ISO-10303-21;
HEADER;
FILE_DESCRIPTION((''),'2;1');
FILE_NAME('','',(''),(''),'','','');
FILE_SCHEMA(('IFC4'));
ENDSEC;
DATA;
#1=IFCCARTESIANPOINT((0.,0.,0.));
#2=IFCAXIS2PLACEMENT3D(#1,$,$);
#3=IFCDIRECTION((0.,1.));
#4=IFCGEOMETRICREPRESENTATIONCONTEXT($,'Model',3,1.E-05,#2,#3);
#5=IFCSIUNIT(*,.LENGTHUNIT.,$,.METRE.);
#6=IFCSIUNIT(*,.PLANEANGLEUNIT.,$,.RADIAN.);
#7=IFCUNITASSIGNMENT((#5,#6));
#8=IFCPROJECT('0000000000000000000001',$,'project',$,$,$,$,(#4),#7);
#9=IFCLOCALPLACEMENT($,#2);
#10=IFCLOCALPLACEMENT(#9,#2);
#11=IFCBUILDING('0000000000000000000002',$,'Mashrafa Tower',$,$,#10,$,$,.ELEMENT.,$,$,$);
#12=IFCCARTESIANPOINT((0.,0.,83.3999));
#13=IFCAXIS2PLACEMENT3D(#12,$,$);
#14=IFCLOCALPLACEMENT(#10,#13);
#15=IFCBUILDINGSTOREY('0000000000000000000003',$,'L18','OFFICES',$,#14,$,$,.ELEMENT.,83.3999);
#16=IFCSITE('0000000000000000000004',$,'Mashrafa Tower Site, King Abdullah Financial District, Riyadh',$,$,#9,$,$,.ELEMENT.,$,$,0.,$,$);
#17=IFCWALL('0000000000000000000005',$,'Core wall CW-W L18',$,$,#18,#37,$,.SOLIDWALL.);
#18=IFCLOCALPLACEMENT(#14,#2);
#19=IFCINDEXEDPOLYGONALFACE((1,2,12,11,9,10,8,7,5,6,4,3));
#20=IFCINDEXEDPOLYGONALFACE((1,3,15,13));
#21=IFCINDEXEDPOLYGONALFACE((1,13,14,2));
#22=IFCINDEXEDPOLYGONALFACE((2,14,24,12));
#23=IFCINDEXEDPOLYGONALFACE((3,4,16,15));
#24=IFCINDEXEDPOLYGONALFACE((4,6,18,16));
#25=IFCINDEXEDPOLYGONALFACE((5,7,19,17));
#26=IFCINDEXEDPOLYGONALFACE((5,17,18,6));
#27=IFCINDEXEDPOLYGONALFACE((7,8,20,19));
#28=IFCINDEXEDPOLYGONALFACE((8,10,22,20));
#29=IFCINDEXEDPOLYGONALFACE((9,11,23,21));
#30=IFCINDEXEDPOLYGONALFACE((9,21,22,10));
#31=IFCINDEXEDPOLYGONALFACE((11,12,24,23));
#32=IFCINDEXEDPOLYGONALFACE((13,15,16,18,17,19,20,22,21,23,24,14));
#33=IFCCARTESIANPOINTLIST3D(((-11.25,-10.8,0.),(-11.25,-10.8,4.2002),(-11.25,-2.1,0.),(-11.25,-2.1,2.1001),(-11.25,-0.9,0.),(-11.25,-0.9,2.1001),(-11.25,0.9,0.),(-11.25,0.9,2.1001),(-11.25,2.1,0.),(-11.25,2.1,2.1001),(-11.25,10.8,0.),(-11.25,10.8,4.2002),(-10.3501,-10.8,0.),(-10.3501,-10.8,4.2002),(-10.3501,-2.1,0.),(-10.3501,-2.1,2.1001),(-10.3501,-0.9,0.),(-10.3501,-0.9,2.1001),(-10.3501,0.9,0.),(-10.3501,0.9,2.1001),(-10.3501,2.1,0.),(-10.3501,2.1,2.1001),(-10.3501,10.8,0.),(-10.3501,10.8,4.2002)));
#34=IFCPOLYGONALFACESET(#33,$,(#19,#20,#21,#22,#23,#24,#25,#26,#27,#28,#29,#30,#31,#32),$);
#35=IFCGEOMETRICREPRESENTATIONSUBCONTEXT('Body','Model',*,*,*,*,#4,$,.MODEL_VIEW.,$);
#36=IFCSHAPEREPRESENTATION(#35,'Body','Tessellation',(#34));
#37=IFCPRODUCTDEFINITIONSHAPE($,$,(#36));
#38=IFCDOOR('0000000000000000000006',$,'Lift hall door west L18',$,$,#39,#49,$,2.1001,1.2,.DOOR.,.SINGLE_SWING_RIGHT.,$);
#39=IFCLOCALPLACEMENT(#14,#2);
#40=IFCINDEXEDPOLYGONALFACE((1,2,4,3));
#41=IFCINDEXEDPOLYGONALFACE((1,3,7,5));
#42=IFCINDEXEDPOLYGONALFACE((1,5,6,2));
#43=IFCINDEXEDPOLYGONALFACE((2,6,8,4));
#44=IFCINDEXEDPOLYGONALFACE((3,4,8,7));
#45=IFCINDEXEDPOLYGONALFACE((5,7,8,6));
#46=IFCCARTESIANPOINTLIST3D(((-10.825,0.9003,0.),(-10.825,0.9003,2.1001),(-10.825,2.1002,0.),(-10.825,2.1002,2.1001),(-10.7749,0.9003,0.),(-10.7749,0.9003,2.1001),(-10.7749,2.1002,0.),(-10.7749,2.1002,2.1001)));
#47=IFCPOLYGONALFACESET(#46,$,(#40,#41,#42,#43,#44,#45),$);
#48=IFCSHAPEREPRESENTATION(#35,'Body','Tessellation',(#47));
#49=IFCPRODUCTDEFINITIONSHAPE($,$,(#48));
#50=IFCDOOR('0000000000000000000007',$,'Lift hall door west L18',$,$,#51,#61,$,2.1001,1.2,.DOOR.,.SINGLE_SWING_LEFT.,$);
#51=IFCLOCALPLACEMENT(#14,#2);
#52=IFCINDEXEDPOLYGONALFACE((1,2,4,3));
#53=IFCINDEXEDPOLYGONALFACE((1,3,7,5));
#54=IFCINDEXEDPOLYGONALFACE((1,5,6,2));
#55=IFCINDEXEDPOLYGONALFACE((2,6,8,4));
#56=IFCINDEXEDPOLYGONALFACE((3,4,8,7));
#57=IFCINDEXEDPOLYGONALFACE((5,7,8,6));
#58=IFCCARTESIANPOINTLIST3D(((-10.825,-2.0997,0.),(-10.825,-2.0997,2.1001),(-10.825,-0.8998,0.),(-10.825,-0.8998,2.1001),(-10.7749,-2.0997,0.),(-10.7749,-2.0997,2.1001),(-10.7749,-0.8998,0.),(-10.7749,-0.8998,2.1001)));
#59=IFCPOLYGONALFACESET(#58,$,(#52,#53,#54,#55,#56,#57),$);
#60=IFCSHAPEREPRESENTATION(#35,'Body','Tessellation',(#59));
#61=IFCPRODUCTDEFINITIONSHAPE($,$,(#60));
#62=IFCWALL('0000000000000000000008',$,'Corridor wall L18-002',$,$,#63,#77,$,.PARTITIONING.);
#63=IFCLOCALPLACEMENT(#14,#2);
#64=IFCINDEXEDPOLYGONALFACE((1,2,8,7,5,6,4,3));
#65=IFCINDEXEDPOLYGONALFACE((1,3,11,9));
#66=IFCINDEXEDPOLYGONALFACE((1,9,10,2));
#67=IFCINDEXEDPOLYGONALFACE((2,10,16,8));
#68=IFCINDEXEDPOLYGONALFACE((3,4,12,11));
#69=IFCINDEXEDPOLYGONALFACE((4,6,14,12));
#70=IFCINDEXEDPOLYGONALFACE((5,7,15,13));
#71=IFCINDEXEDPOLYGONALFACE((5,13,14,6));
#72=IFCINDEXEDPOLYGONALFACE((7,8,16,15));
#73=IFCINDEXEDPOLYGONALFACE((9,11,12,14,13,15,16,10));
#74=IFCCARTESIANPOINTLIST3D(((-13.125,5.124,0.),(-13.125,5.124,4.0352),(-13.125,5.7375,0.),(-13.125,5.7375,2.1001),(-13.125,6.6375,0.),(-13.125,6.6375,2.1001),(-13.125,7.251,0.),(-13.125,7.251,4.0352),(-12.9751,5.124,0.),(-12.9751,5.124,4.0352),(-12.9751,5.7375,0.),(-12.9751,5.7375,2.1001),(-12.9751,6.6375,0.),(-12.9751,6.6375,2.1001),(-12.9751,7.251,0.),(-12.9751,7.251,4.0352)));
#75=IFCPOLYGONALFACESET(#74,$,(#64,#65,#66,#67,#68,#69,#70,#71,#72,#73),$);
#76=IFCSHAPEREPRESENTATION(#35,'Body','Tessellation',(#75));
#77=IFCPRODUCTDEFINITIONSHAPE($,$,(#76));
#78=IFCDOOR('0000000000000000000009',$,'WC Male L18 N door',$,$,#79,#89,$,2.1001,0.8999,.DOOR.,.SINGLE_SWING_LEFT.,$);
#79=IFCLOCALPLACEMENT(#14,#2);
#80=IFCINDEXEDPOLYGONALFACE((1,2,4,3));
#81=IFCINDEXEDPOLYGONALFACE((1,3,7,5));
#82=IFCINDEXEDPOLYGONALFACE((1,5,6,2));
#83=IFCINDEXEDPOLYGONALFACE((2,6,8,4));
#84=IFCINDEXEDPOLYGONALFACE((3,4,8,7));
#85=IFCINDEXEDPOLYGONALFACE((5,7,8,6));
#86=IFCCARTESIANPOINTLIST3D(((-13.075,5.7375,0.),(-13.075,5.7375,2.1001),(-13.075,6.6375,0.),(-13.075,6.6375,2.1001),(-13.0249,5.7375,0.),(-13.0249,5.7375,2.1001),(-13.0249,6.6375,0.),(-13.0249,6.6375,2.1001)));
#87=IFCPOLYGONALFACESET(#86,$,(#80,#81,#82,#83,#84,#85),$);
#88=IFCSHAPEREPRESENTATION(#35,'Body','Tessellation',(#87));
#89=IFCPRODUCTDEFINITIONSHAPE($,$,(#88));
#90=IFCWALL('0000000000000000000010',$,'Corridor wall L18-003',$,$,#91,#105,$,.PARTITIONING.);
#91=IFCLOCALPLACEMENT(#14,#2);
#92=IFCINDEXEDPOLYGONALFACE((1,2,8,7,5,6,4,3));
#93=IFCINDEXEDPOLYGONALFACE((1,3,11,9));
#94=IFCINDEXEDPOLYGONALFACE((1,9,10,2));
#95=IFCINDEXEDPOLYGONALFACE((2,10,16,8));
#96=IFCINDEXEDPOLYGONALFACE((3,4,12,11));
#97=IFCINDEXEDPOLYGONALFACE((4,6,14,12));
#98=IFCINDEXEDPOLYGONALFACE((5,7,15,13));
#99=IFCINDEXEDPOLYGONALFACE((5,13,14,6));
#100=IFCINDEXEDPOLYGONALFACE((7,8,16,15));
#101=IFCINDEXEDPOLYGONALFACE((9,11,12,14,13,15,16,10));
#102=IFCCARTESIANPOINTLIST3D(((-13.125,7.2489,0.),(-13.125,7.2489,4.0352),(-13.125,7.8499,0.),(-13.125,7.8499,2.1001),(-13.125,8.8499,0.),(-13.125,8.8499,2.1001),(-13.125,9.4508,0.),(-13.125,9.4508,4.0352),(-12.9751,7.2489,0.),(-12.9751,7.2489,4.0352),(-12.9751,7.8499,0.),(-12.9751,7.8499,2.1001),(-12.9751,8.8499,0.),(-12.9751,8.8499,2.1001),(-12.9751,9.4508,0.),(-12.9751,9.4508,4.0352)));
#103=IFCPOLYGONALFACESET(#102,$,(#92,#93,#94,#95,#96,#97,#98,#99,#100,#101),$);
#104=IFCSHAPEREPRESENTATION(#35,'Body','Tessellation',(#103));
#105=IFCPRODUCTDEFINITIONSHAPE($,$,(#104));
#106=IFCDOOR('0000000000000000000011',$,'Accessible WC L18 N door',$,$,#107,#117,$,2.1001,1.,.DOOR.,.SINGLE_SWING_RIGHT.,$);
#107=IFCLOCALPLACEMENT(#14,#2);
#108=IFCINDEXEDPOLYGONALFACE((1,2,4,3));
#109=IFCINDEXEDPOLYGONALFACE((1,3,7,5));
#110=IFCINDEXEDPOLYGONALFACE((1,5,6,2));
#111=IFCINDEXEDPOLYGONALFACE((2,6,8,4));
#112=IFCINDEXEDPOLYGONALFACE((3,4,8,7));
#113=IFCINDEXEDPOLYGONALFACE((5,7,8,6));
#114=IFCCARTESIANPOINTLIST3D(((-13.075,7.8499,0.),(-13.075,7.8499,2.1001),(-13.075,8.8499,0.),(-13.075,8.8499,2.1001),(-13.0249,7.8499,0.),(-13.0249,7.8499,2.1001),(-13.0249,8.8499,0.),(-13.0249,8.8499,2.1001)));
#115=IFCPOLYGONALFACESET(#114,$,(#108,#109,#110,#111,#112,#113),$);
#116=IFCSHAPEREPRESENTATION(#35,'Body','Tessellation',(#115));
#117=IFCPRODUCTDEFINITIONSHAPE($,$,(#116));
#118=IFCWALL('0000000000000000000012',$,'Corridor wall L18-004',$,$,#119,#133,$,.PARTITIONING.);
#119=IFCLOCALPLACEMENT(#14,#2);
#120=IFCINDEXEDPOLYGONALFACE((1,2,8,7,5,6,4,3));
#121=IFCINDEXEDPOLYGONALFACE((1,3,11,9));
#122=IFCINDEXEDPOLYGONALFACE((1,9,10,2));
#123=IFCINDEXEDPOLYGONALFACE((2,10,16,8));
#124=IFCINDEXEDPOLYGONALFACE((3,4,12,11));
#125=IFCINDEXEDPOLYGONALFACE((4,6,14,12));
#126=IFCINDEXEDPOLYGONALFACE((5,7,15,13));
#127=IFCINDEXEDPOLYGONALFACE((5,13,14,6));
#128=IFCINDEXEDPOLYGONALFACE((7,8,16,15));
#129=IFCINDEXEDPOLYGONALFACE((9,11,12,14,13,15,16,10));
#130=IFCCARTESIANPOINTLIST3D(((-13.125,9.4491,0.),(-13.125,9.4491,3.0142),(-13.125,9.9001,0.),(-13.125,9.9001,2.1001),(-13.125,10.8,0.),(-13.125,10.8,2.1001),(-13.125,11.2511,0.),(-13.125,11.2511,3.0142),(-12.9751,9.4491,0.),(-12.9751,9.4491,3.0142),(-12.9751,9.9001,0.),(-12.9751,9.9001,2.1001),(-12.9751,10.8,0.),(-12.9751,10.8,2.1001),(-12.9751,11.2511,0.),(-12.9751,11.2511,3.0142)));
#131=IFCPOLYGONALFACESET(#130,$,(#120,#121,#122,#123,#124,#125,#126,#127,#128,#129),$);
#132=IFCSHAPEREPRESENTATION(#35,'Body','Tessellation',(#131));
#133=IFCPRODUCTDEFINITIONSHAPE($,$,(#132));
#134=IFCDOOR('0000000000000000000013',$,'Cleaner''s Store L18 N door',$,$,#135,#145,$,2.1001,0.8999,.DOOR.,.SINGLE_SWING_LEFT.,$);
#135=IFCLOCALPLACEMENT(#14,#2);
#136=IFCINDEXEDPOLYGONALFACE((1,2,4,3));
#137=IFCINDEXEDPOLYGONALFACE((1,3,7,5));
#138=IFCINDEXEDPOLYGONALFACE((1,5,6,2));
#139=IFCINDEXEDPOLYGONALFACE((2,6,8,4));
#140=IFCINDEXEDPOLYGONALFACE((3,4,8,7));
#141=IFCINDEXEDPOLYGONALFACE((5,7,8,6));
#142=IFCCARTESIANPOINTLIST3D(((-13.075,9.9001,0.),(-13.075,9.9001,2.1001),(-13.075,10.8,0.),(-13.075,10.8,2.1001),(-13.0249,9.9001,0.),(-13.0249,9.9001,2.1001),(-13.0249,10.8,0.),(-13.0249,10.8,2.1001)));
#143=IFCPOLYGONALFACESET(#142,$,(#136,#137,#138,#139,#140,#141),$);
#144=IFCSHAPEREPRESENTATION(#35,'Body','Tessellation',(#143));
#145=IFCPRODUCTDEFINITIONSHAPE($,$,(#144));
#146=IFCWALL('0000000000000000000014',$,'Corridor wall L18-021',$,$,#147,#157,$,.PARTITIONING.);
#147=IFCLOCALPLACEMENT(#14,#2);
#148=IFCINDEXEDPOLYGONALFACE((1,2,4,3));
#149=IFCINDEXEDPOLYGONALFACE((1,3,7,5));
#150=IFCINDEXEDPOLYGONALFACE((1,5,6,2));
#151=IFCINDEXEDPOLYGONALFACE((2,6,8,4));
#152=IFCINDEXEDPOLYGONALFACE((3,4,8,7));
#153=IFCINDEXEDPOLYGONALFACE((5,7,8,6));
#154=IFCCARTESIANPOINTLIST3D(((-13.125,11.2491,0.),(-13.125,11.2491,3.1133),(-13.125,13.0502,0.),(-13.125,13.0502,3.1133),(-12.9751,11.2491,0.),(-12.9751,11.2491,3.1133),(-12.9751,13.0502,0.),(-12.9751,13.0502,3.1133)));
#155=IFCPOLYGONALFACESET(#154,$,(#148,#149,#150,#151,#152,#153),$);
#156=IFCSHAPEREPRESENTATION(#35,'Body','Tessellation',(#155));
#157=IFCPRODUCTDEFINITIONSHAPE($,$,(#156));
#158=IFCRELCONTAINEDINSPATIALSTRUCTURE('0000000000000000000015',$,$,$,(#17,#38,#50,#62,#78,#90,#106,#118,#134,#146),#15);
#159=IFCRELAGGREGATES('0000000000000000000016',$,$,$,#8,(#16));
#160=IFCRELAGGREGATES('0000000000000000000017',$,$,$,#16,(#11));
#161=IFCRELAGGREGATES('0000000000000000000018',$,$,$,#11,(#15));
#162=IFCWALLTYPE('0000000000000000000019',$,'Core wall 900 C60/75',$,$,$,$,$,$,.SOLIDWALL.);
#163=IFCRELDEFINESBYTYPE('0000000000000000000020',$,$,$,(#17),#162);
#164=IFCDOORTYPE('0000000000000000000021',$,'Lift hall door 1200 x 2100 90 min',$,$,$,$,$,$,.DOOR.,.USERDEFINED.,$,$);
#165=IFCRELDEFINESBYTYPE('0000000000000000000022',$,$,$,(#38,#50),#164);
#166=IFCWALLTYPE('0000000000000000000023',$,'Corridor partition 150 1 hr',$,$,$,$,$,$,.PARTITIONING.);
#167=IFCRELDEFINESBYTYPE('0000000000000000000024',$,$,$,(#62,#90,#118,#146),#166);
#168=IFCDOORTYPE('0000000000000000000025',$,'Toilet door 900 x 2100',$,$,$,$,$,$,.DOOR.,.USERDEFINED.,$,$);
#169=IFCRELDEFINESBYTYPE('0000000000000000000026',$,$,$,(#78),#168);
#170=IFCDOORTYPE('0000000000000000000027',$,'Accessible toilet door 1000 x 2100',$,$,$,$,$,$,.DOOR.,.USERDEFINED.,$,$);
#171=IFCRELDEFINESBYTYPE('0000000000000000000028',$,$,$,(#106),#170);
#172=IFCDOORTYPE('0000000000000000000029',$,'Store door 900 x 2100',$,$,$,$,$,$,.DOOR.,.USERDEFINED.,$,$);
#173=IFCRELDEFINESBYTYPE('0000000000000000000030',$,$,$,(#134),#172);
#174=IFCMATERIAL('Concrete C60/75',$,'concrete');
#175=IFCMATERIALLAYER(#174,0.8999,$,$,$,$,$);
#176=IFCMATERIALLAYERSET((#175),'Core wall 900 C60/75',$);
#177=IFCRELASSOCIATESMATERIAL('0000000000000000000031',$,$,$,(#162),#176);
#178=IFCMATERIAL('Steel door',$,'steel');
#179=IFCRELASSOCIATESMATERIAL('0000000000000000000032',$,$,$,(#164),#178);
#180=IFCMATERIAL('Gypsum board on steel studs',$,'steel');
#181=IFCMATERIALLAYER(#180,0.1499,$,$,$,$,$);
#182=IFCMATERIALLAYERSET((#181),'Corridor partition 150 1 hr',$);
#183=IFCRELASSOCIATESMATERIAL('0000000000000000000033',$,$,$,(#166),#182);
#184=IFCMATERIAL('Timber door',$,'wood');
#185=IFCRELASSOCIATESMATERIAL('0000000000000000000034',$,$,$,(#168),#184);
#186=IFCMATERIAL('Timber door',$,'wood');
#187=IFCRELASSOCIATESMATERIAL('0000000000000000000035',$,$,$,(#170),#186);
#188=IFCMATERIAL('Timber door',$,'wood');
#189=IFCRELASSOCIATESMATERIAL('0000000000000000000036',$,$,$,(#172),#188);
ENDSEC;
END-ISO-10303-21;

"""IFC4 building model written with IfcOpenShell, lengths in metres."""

from ifc_helpers import new_model, si_unit, direction, frame, frame_2d, origin, place, context, subcontext, project, spatial, rectangle, extrude, material, layer, layer_set, type_object, element, fill, save


model = new_model("IFC4")

# Units and contexts
model_context = context("Model", 3, precision=1e-05, world=origin(), true_north=direction((0.0, 1.0)))
body_context = subcontext(model_context, "Body", "Model", "MODEL_VIEW")
ifc_project = project(units=[si_unit("LENGTHUNIT", "METRE"), si_unit("PLANEANGLEUNIT", "RADIAN")], contexts=[model_context])

# Site, building, storey
site_placement = place(None, origin())
site = spatial("IfcSite", under=ifc_project, at=site_placement, Name="Mashrafa Tower Site, King Abdullah Financial District, Riyadh", CompositionType="ELEMENT", RefElevation=0.0)
building_placement = place(site_placement, origin())
building = spatial("IfcBuilding", under=site, at=building_placement, Name="Mashrafa Tower", CompositionType="ELEMENT")
storey_placement = place(building_placement, frame((0.0, 0.0, 83.3999)))
storey = spatial("IfcBuildingStorey", under=building, at=storey_placement, Name="L18", Description="OFFICES", CompositionType="ELEMENT", Elevation=83.3999)

# Wall, openings, doors
ifc_material_1 = material(Name="Concrete C60/75", Category="concrete")
ifc_layer_1 = layer(ifc_material_1, 0.8999)
ifc_layer_set_1 = layer_set([ifc_layer_1], Name="Core wall 900 C60/75")
wall_type_1 = type_object("IfcWallType", Name="Core wall 900 C60/75", PredefinedType="SOLIDWALL", material=ifc_layer_set_1)
wall_1_placement = place(storey_placement, frame((-10.8, 10.8, 0.0), z_axis=(0.0, 0.0, 1.0), x_axis=(0.0, -1.0, 0.0)))
wall_1 = element("IfcWall", 1, at=wall_1_placement, inside=storey, type_object=wall_type_1, Name="Core wall CW-W L18", PredefinedType="SOLIDWALL", context=body_context, shape_type="SweptSolid", body=[
    extrude(rectangle(XDim=21.6001, YDim=0.8999, at=frame_2d((10.8, 0.0))), origin(), (0.0, 0.0, 1.0), 4.2002),
])
opening_1_placement = place(wall_1_placement, frame((8.7, 0.0, 0.0)))
opening_1 = element("IfcOpeningElement", 2, at=opening_1_placement, cuts=wall_1, PredefinedType="OPENING", context=body_context, shape_type="SweptSolid", body=[
    extrude(rectangle(XDim=1.2, YDim=2.1001, at=frame_2d((0.6001, 1.05))), frame((0.0, 0.46, 0.0), z_axis=(0.0, -1.0, 0.0), x_axis=(1.0, 0.0, 0.0)), (0.0, 0.0, 1.0), 0.9199),
])
opening_2_placement = place(wall_1_placement, frame((11.7, 0.0, 0.0)))
opening_2 = element("IfcOpeningElement", 3, at=opening_2_placement, cuts=wall_1, PredefinedType="OPENING", context=body_context, shape_type="SweptSolid", body=[
    extrude(rectangle(XDim=1.2, YDim=2.1001, at=frame_2d((0.6001, 1.05))), frame((0.0, 0.46, 0.0), z_axis=(0.0, -1.0, 0.0), x_axis=(1.0, 0.0, 0.0)), (0.0, 0.0, 1.0), 0.9199),
])
ifc_material_2 = material(Name="Steel door", Category="steel")
door_type_1 = type_object("IfcDoorType", Name="Lift hall door 1200 x 2100 90 min", OperationType="USERDEFINED", PredefinedType="DOOR", material=ifc_material_2)
door_1_placement = place(opening_1_placement, frame((1.2, 0.0, 0.0), z_axis=(0.0, 0.0, 1.0), x_axis=(-1.0, 0.0, 0.0)))
door_1 = element("IfcDoor", 4, at=door_1_placement, inside=storey, type_object=door_type_1, Name="Lift hall door west L18", OperationType="SINGLE_SWING_RIGHT", OverallHeight=2.1001, OverallWidth=1.2, PredefinedType="DOOR", context=body_context, shape_type="SweptSolid", body=[
    extrude(rectangle(XDim=1.2, YDim=2.1001, at=frame_2d((0.6001, 1.05))), frame((0.0, 0.0249, 0.0), z_axis=(0.0, -1.0, 0.0), x_axis=(1.0, 0.0, 0.0)), (0.0, 0.0, 1.0), 0.05),
])
fill(opening_1, door_1)
door_2_placement = place(opening_2_placement, frame((1.2, 0.0, 0.0), z_axis=(0.0, 0.0, 1.0), x_axis=(-1.0, 0.0, 0.0)))
door_2 = element("IfcDoor", 5, at=door_2_placement, inside=storey, type_object=door_type_1, Name="Lift hall door west L18", OperationType="SINGLE_SWING_LEFT", OverallHeight=2.1001, OverallWidth=1.2, PredefinedType="DOOR", context=body_context, shape_type="SweptSolid", body=[
    extrude(rectangle(XDim=1.2, YDim=2.1001, at=frame_2d((0.6001, 1.05))), frame((0.0, 0.0249, 0.0), z_axis=(0.0, -1.0, 0.0), x_axis=(1.0, 0.0, 0.0)), (0.0, 0.0, 1.0), 0.05),
])
fill(opening_2, door_2)

# Walls, openings, doors
ifc_material_3 = material(Name="Gypsum board on steel studs", Category="steel")
ifc_layer_2 = layer(ifc_material_3, 0.1499)
ifc_layer_set_2 = layer_set([ifc_layer_2], Name="Corridor partition 150 1 hr")
wall_type_2 = type_object("IfcWallType", Name="Corridor partition 150 1 hr", PredefinedType="PARTITIONING", material=ifc_layer_set_2)
wall_2_placement = place(storey_placement, frame((-13.05, 7.251, 0.0), z_axis=(0.0, 0.0, 1.0), x_axis=(0.0, -1.0, 0.0)))
wall_2 = element("IfcWall", 6, at=wall_2_placement, inside=storey, type_object=wall_type_2, Name="Corridor wall L18-002", PredefinedType="PARTITIONING", context=body_context, shape_type="SweptSolid", body=[
    extrude(rectangle(XDim=2.127, YDim=0.1499, at=frame_2d((1.0635, 0.0))), origin(), (0.0, 0.0, 1.0), 4.0352),
])
opening_3_placement = place(wall_2_placement, frame((0.6135, 0.0, 0.0)))
opening_3 = element("IfcOpeningElement", 7, at=opening_3_placement, cuts=wall_2, PredefinedType="OPENING", context=body_context, shape_type="SweptSolid", body=[
    extrude(rectangle(XDim=0.8999, YDim=2.1001, at=frame_2d((0.45, 1.05))), frame((0.0, 0.085, 0.0), z_axis=(0.0, -1.0, 0.0), x_axis=(1.0, 0.0, 0.0)), (0.0, 0.0, 1.0), 0.1699),
])
ifc_material_4 = material(Name="Timber door", Category="wood")
door_type_2 = type_object("IfcDoorType", Name="Toilet door 900 x 2100", OperationType="USERDEFINED", PredefinedType="DOOR", material=ifc_material_4)
door_3_placement = place(opening_3_placement, frame((0.8999, 0.0, 0.0), z_axis=(0.0, 0.0, 1.0), x_axis=(-1.0, 0.0, 0.0)))
door_3 = element("IfcDoor", 8, at=door_3_placement, inside=storey, type_object=door_type_2, Name="WC Male L18 N door", OperationType="SINGLE_SWING_LEFT", OverallHeight=2.1001, OverallWidth=0.8999, PredefinedType="DOOR", context=body_context, shape_type="SweptSolid", body=[
    extrude(rectangle(XDim=0.8999, YDim=2.1001, at=frame_2d((0.45, 1.05))), frame((0.0, 0.0249, 0.0), z_axis=(0.0, -1.0, 0.0), x_axis=(1.0, 0.0, 0.0)), (0.0, 0.0, 1.0), 0.05),
])
fill(opening_3, door_3)
wall_3_placement = place(storey_placement, frame((-13.05, 9.4509, 0.0), z_axis=(0.0, 0.0, 1.0), x_axis=(0.0, -1.0, 0.0)))
wall_3 = element("IfcWall", 9, at=wall_3_placement, inside=storey, type_object=wall_type_2, Name="Corridor wall L18-003", PredefinedType="PARTITIONING", context=body_context, shape_type="SweptSolid", body=[
    extrude(rectangle(XDim=2.2019, YDim=0.1499, at=frame_2d((1.1011, 0.0))), origin(), (0.0, 0.0, 1.0), 4.0352),
])
opening_4_placement = place(wall_3_placement, frame((0.6011, 0.0, 0.0)))
opening_4 = element("IfcOpeningElement", 10, at=opening_4_placement, cuts=wall_3, PredefinedType="OPENING", context=body_context, shape_type="SweptSolid", body=[
    extrude(rectangle(XDim=1.0, YDim=2.1001, at=frame_2d((0.5, 1.05))), frame((0.0, 0.085, 0.0), z_axis=(0.0, -1.0, 0.0), x_axis=(1.0, 0.0, 0.0)), (0.0, 0.0, 1.0), 0.1699),
])
ifc_material_5 = material(Name="Timber door", Category="wood")
door_type_3 = type_object("IfcDoorType", Name="Accessible toilet door 1000 x 2100", OperationType="USERDEFINED", PredefinedType="DOOR", material=ifc_material_5)
door_4_placement = place(opening_4_placement, frame((1.0, 0.0, 0.0), z_axis=(0.0, 0.0, 1.0), x_axis=(-1.0, 0.0, 0.0)))
door_4 = element("IfcDoor", 11, at=door_4_placement, inside=storey, type_object=door_type_3, Name="Accessible WC L18 N door", OperationType="SINGLE_SWING_RIGHT", OverallHeight=2.1001, OverallWidth=1.0, PredefinedType="DOOR", context=body_context, shape_type="SweptSolid", body=[
    extrude(rectangle(XDim=1.0, YDim=2.1001, at=frame_2d((0.5, 1.05))), frame((0.0, 0.0249, 0.0), z_axis=(0.0, -1.0, 0.0), x_axis=(1.0, 0.0, 0.0)), (0.0, 0.0, 1.0), 0.05),
])
fill(opening_4, door_4)
wall_4_placement = place(storey_placement, frame((-13.05, 11.251, 0.0), z_axis=(0.0, 0.0, 1.0), x_axis=(0.0, -1.0, 0.0)))
wall_4 = element("IfcWall", 12, at=wall_4_placement, inside=storey, type_object=wall_type_2, Name="Corridor wall L18-004", PredefinedType="PARTITIONING", context=body_context, shape_type="SweptSolid", body=[
    extrude(rectangle(XDim=1.802, YDim=0.1499, at=frame_2d((0.9009, 0.0))), origin(), (0.0, 0.0, 1.0), 3.0142),
])
opening_5_placement = place(wall_4_placement, frame((0.4509, 0.0, 0.0)))
opening_5 = element("IfcOpeningElement", 13, at=opening_5_placement, cuts=wall_4, PredefinedType="OPENING", context=body_context, shape_type="SweptSolid", body=[
    extrude(rectangle(XDim=0.8999, YDim=2.1001, at=frame_2d((0.45, 1.05))), frame((0.0, 0.085, 0.0), z_axis=(0.0, -1.0, 0.0), x_axis=(1.0, 0.0, 0.0)), (0.0, 0.0, 1.0), 0.1699),
])
ifc_material_6 = material(Name="Timber door", Category="wood")
door_type_4 = type_object("IfcDoorType", Name="Store door 900 x 2100", OperationType="USERDEFINED", PredefinedType="DOOR", material=ifc_material_6)
door_5_placement = place(opening_5_placement, frame((0.8999, 0.0, 0.0), z_axis=(0.0, 0.0, 1.0), x_axis=(-1.0, 0.0, 0.0)))
door_5 = element("IfcDoor", 14, at=door_5_placement, inside=storey, type_object=door_type_4, Name="Cleaner's Store L18 N door", OperationType="SINGLE_SWING_LEFT", OverallHeight=2.1001, OverallWidth=0.8999, PredefinedType="DOOR", context=body_context, shape_type="SweptSolid", body=[
    extrude(rectangle(XDim=0.8999, YDim=2.1001, at=frame_2d((0.45, 1.05))), frame((0.0, 0.0249, 0.0), z_axis=(0.0, -1.0, 0.0), x_axis=(1.0, 0.0, 0.0)), (0.0, 0.0, 1.0), 0.05),
])
fill(opening_5, door_5)

# Wall
wall_5_placement = place(storey_placement, frame((-13.05, 13.05, 0.0), z_axis=(0.0, 0.0, 1.0), x_axis=(0.0, -1.0, 0.0)))
element("IfcWall", 15, at=wall_5_placement, inside=storey, type_object=wall_type_2, Name="Corridor wall L18-021", PredefinedType="PARTITIONING", context=body_context, shape_type="SweptSolid", body=[
    extrude(rectangle(XDim=1.801, YDim=0.1499, at=frame_2d((0.9004, 0.0))), origin(), (0.0, 0.0, 1.0), 3.1133),
])

save(model, "model.ifc")
